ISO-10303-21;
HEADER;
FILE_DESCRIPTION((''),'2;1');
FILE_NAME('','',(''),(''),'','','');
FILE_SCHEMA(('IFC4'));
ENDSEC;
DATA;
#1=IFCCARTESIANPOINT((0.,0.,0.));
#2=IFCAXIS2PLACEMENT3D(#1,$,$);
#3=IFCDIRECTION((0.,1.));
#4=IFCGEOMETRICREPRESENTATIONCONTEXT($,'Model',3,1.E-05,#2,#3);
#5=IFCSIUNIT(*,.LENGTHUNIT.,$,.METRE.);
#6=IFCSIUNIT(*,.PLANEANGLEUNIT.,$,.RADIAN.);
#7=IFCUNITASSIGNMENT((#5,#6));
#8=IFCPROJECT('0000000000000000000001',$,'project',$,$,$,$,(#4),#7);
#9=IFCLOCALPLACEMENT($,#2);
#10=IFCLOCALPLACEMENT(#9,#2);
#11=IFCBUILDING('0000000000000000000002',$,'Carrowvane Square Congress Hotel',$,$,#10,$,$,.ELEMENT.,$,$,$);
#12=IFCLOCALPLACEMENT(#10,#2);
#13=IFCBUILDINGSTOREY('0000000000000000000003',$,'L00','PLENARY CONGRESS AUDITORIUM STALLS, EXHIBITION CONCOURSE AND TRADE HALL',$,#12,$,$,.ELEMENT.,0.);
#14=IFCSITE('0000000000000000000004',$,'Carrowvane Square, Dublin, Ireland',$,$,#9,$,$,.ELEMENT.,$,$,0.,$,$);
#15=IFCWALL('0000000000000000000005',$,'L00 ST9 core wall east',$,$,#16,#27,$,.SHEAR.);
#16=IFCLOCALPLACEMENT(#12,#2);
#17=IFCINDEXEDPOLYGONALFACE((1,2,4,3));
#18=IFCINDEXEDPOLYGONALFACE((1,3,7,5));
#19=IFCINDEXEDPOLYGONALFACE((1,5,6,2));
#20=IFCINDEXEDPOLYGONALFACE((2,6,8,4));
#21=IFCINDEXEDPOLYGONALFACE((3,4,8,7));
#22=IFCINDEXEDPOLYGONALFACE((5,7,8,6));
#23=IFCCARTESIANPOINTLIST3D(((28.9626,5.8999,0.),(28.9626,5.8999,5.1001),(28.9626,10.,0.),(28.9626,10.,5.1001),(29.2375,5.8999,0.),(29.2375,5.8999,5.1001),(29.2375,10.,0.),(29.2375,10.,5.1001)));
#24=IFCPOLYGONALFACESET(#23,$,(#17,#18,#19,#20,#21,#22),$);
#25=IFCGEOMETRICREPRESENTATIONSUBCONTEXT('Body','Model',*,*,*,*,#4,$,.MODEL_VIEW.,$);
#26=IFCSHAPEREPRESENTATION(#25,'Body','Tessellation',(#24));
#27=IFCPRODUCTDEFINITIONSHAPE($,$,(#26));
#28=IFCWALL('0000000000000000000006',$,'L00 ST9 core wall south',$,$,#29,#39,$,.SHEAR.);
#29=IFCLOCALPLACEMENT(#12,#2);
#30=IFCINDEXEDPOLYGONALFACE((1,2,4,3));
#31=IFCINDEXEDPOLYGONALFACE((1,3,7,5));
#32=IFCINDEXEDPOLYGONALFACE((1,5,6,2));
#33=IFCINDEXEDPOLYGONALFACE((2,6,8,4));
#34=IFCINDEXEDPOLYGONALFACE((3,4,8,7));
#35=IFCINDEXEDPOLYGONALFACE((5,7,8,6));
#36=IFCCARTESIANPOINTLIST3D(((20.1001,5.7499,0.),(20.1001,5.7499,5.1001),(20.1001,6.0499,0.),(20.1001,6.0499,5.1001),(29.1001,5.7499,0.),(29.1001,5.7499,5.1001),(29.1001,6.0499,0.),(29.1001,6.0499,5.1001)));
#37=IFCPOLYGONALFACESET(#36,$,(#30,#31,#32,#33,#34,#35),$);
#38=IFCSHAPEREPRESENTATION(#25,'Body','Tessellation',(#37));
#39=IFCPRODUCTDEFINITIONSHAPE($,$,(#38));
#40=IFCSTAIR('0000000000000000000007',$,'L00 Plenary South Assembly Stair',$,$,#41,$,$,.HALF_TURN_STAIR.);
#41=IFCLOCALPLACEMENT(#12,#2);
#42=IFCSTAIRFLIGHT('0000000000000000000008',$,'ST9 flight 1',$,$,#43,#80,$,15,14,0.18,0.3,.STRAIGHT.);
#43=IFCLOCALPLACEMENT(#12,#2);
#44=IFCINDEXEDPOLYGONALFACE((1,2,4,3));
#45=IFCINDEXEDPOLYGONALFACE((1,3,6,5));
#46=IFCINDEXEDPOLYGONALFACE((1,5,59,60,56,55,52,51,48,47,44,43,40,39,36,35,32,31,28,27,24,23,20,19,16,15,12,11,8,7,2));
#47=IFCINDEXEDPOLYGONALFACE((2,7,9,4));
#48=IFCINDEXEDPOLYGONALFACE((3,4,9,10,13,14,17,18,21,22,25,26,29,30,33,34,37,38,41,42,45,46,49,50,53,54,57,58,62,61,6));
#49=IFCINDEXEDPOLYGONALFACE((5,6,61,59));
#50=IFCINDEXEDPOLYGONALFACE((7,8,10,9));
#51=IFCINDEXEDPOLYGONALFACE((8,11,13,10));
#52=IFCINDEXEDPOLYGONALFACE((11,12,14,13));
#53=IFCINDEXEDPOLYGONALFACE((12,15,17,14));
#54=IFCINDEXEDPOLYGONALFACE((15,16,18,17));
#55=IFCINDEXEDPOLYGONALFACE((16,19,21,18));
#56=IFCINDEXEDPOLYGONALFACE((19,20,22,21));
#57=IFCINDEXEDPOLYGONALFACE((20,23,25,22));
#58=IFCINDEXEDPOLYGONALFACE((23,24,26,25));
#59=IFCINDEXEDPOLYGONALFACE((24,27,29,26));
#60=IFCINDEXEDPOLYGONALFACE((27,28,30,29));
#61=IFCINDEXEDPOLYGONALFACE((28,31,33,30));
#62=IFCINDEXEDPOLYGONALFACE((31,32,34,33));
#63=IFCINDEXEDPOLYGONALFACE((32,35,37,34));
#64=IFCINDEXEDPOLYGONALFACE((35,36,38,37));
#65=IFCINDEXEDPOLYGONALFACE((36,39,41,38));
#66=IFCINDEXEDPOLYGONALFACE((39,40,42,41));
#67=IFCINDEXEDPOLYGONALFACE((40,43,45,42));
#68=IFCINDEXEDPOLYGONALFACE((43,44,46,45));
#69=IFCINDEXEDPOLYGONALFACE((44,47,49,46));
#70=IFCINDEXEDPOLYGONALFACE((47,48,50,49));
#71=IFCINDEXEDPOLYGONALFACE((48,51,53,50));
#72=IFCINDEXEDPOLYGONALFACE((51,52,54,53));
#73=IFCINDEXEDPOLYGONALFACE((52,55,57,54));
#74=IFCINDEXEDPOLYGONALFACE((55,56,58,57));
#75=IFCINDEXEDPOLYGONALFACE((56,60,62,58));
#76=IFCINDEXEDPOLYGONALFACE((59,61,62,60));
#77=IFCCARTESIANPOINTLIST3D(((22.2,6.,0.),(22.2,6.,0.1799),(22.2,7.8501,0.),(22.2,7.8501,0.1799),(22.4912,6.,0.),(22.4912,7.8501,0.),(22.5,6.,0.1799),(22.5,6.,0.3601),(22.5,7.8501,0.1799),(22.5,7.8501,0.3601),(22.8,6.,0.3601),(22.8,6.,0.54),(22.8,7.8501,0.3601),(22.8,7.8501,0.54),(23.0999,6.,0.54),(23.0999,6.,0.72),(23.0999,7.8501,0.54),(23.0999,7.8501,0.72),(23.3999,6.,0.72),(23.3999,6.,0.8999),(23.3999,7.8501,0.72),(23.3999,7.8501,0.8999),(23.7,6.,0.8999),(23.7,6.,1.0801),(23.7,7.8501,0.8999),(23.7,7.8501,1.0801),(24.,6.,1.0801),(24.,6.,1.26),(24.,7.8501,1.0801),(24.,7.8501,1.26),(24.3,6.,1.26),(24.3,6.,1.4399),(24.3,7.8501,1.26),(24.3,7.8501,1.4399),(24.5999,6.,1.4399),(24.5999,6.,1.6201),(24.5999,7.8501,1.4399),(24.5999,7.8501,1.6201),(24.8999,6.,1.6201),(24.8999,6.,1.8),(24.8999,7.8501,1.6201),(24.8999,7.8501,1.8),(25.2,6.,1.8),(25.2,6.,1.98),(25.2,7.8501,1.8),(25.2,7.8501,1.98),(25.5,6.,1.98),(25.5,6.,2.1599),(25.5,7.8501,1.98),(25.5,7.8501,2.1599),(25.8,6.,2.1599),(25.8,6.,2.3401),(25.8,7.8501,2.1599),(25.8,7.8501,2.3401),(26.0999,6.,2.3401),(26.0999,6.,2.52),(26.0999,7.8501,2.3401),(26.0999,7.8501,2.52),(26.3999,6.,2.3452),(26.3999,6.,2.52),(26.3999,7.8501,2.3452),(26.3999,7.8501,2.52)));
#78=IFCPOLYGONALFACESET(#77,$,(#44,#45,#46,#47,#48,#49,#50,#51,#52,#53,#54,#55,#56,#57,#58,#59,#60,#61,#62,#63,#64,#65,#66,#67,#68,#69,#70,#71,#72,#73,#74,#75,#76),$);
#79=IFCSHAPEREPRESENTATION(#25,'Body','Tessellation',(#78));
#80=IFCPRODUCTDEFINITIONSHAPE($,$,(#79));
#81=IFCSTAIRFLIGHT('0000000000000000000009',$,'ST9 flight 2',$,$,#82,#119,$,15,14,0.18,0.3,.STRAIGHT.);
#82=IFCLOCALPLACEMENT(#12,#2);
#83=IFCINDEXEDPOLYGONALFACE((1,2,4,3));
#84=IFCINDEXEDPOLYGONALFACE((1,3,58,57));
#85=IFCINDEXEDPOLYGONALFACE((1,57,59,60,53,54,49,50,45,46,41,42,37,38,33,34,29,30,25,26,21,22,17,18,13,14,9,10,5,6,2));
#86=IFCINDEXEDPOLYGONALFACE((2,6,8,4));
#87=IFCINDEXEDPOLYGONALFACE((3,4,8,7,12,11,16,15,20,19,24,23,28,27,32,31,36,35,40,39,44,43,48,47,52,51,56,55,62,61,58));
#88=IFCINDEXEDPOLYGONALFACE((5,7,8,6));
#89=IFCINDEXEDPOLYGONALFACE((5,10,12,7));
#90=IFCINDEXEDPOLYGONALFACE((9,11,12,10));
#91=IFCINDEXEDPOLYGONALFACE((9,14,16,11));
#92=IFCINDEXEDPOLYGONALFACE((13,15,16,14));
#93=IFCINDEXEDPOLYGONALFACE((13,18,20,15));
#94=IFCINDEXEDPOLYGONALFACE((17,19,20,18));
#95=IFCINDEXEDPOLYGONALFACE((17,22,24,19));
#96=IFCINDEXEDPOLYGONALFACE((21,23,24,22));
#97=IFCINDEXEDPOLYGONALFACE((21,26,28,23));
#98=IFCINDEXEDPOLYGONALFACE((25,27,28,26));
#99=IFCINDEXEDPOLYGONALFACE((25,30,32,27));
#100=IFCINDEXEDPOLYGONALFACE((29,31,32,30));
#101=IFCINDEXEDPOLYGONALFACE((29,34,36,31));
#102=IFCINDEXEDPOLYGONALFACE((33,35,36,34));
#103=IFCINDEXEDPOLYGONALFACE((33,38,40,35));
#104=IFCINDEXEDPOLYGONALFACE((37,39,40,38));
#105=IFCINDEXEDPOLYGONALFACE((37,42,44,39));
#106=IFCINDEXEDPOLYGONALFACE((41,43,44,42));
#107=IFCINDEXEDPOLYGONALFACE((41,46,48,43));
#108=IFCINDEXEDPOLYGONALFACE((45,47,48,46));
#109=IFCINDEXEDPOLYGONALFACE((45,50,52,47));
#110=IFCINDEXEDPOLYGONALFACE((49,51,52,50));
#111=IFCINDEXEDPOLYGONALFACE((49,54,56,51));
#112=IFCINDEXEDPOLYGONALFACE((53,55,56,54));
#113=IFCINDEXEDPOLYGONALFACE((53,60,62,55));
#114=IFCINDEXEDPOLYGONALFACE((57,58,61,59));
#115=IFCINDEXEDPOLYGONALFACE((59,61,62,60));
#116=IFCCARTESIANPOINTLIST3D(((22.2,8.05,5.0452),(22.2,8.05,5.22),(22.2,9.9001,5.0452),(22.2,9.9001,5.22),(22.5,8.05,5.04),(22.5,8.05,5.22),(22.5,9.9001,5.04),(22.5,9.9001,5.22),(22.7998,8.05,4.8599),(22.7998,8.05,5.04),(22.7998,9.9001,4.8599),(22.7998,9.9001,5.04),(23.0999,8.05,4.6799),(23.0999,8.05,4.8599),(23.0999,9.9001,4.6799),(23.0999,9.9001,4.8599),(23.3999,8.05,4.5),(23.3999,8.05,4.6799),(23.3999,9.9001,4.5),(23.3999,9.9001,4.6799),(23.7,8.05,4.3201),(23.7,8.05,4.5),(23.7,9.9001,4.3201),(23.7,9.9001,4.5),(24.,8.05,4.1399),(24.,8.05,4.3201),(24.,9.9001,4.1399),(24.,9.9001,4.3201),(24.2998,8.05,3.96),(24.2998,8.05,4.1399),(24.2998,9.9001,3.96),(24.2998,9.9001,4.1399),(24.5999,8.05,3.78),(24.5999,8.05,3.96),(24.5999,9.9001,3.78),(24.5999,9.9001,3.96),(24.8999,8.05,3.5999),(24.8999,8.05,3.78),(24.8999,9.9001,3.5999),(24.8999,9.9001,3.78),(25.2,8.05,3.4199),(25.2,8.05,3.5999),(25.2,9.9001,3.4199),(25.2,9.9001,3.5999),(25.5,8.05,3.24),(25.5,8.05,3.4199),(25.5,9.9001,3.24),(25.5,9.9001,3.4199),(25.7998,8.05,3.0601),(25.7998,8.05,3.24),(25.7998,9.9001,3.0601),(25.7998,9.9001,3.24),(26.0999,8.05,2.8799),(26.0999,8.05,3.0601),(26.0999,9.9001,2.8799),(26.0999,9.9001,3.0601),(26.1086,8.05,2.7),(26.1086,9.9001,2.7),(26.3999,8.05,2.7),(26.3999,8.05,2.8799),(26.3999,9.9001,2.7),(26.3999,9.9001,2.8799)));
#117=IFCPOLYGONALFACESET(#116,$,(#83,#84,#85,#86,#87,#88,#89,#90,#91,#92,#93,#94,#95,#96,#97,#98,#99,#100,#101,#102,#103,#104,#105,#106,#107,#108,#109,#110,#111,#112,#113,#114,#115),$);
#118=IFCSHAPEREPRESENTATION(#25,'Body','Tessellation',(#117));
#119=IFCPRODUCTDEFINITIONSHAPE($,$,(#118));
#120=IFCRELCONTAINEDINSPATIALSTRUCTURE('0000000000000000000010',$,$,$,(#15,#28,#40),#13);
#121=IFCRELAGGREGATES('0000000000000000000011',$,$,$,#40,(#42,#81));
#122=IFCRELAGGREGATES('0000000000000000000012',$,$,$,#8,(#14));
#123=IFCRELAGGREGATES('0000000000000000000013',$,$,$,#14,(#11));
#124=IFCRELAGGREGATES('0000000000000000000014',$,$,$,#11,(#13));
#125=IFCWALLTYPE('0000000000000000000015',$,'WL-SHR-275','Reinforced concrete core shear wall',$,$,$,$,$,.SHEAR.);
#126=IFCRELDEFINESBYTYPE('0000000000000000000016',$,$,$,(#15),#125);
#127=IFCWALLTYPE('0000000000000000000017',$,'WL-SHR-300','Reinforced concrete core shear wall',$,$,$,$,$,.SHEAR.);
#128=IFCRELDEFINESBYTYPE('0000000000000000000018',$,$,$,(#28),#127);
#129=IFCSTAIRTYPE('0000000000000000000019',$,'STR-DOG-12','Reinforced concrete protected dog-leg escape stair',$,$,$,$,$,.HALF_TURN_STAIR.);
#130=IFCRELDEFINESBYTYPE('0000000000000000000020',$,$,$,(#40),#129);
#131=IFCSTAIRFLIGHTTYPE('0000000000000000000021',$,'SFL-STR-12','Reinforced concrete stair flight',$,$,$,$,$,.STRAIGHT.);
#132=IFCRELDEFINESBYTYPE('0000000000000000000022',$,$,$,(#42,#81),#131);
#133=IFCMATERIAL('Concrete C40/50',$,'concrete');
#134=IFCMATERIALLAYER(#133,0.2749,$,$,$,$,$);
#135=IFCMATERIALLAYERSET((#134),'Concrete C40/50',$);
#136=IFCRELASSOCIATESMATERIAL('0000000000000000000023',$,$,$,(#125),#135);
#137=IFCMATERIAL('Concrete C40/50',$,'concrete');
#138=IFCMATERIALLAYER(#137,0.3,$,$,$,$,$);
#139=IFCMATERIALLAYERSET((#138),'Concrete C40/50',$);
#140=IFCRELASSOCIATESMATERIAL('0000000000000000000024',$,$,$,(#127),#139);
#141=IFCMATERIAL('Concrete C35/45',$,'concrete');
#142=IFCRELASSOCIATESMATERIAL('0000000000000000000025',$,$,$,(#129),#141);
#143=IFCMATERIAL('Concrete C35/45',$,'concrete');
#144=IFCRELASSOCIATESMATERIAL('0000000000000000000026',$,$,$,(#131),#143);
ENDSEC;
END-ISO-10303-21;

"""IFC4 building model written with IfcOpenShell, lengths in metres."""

from ifc_helpers import new_model, si_unit, direction, frame, frame_2d, origin, place, context, subcontext, project, spatial, polyline, rectangle, outline, extrude, material, layer, layer_set, type_object, element, aggregate, save


model = new_model("IFC4")

# Units and contexts
model_context = context("Model", 3, precision=1e-05, world=origin(), true_north=direction((0.0, 1.0)))
body_context = subcontext(model_context, "Body", "Model", "MODEL_VIEW")
ifc_project = project(units=[si_unit("LENGTHUNIT", "METRE"), si_unit("PLANEANGLEUNIT", "RADIAN")], contexts=[model_context])

# Site, building, storey
site_placement = place(None, origin())
site = spatial("IfcSite", under=ifc_project, at=site_placement, Name="Carrowvane Square, Dublin, Ireland", CompositionType="ELEMENT", RefElevation=0.0)
building_placement = place(site_placement, origin())
building = spatial("IfcBuilding", under=site, at=building_placement, Name="Carrowvane Square Congress Hotel", CompositionType="ELEMENT")
storey_placement = place(building_placement, origin())
storey = spatial("IfcBuildingStorey", under=building, at=storey_placement, Name="L00", Description="PLENARY CONGRESS AUDITORIUM STALLS, EXHIBITION CONCOURSE AND TRADE HALL", CompositionType="ELEMENT", Elevation=0.0)

# Walls
ifc_material_1 = material(Name="Concrete C40/50", Category="concrete")
ifc_layer_1 = layer(ifc_material_1, 0.2749)
ifc_layer_set_1 = layer_set([ifc_layer_1], Name="Concrete C40/50")
wall_type_1 = type_object("IfcWallType", Name="WL-SHR-275", Description="Reinforced concrete core shear wall", PredefinedType="SHEAR", material=ifc_layer_set_1)
wall_1_placement = place(storey_placement, frame((29.1001, 5.8999, 0.0), z_axis=(0.0, 0.0, 1.0), x_axis=(0.0, 1.0, 0.0)))
element("IfcWall", 1, at=wall_1_placement, inside=storey, type_object=wall_type_1, Name="L00 ST9 core wall east", PredefinedType="SHEAR", context=body_context, shape_type="SweptSolid", body=[
    extrude(rectangle(XDim=4.1001, YDim=0.2749, at=frame_2d((2.05, 0.0))), origin(), (0.0, 0.0, 1.0), 5.1001),
])
ifc_material_2 = material(Name="Concrete C40/50", Category="concrete")
ifc_layer_2 = layer(ifc_material_2, 0.3)
ifc_layer_set_2 = layer_set([ifc_layer_2], Name="Concrete C40/50")
wall_type_2 = type_object("IfcWallType", Name="WL-SHR-300", Description="Reinforced concrete core shear wall", PredefinedType="SHEAR", material=ifc_layer_set_2)
wall_2_placement = place(storey_placement, frame((20.1001, 5.8999, 0.0), z_axis=(0.0, 0.0, 1.0), x_axis=(1.0, 0.0, 0.0)))
element("IfcWall", 2, at=wall_2_placement, inside=storey, type_object=wall_type_2, Name="L00 ST9 core wall south", PredefinedType="SHEAR", context=body_context, shape_type="SweptSolid", body=[
    extrude(rectangle(XDim=9.0, YDim=0.3, at=frame_2d((4.5, 0.0))), origin(), (0.0, 0.0, 1.0), 5.1001),
])

# Stair, stair flights
ifc_material_3 = material(Name="Concrete C35/45", Category="concrete")
stair_type = type_object("IfcStairType", Name="STR-DOG-12", Description="Reinforced concrete protected dog-leg escape stair", PredefinedType="HALF_TURN_STAIR", material=ifc_material_3)
stair_placement = place(storey_placement, origin())
stair = element("IfcStair", 3, at=stair_placement, inside=storey, type_object=stair_type, Name="L00 Plenary South Assembly Stair", PredefinedType="HALF_TURN_STAIR")
ifc_material_4 = material(Name="Concrete C35/45", Category="concrete")
stair_flight_type = type_object("IfcStairFlightType", Name="SFL-STR-12", Description="Reinforced concrete stair flight", PredefinedType="STRAIGHT", material=ifc_material_4)
stair_flight_1_placement = place(storey_placement, frame((22.2, 6.925, 0.0), z_axis=(0.0, 0.0, 1.0), x_axis=(1.0, 0.0, 0.0)))
stair_flight_1 = element("IfcStairFlight", 4, at=stair_flight_1_placement, type_object=stair_flight_type, Name="ST9 flight 1", NumberOfRisers=15, NumberOfTreads=14, PredefinedType="STRAIGHT", RiserHeight=0.18, TreadLength=0.3, context=body_context, shape_type="SweptSolid", body=[
    extrude(outline(polyline([(0.0, 0.0), (0.0, 0.1799), (0.3, 0.1799), (0.3, 0.3601), (0.6001, 0.3601), (0.6001, 0.54), (0.8999, 0.54), (0.8999, 0.72), (1.2, 0.72), (1.2, 0.8999), (1.5, 0.8999), (1.5, 1.0801), (1.8, 1.0801), (1.8, 1.26), (2.1001, 1.26), (2.1001, 1.4399), (2.3999, 1.4399), (2.3999, 1.6201), (2.7, 1.6201), (2.7, 1.8), (3.0, 1.8), (3.0, 1.98), (3.3, 1.98), (3.3, 2.1599), (3.6001, 2.1599), (3.6001, 2.3401), (3.8999, 2.3401), (3.8999, 2.52), (4.2, 2.52), (4.2, 2.7), (4.2, 2.3452), (0.2913, 0.0), (0.0, 0.0)])), frame((0.0, 0.925, 0.0), z_axis=(0.0, -1.0, 0.0), x_axis=(1.0, 0.0, 0.0)), (0.0, 0.0, 1.0), 1.8501),
])
stair_flight_2_placement = place(storey_placement, frame((26.3999, 8.9751, 2.7), z_axis=(0.0, 0.0, 1.0), x_axis=(-1.0, 0.0, 0.0)))
stair_flight_2 = element("IfcStairFlight", 5, at=stair_flight_2_placement, type_object=stair_flight_type, Name="ST9 flight 2", NumberOfRisers=15, NumberOfTreads=14, PredefinedType="STRAIGHT", RiserHeight=0.18, TreadLength=0.3, context=body_context, shape_type="SweptSolid", body=[
    extrude(outline(polyline([(0.0, 0.0), (0.0, 0.1799), (0.3, 0.1799), (0.3, 0.3601), (0.6001, 0.3601), (0.6001, 0.54), (0.8999, 0.54), (0.8999, 0.72), (1.2, 0.72), (1.2, 0.8999), (1.5, 0.8999), (1.5, 1.0801), (1.8, 1.0801), (1.8, 1.26), (2.1001, 1.26), (2.1001, 1.4399), (2.3999, 1.4399), (2.3999, 1.6201), (2.7, 1.6201), (2.7, 1.8), (3.0, 1.8), (3.0, 1.98), (3.3, 1.98), (3.3, 2.1599), (3.6001, 2.1599), (3.6001, 2.3401), (3.8999, 2.3401), (3.8999, 2.52), (4.2, 2.52), (4.2, 2.7), (4.2, 2.3452), (0.2913, 0.0), (0.0, 0.0)])), frame((0.0, 0.925, 0.0), z_axis=(0.0, -1.0, 0.0), x_axis=(1.0, 0.0, 0.0)), (0.0, 0.0, 1.0), 1.8501),
])
aggregate(stair, [stair_flight_1, stair_flight_2])

save(model, "model.ifc")
